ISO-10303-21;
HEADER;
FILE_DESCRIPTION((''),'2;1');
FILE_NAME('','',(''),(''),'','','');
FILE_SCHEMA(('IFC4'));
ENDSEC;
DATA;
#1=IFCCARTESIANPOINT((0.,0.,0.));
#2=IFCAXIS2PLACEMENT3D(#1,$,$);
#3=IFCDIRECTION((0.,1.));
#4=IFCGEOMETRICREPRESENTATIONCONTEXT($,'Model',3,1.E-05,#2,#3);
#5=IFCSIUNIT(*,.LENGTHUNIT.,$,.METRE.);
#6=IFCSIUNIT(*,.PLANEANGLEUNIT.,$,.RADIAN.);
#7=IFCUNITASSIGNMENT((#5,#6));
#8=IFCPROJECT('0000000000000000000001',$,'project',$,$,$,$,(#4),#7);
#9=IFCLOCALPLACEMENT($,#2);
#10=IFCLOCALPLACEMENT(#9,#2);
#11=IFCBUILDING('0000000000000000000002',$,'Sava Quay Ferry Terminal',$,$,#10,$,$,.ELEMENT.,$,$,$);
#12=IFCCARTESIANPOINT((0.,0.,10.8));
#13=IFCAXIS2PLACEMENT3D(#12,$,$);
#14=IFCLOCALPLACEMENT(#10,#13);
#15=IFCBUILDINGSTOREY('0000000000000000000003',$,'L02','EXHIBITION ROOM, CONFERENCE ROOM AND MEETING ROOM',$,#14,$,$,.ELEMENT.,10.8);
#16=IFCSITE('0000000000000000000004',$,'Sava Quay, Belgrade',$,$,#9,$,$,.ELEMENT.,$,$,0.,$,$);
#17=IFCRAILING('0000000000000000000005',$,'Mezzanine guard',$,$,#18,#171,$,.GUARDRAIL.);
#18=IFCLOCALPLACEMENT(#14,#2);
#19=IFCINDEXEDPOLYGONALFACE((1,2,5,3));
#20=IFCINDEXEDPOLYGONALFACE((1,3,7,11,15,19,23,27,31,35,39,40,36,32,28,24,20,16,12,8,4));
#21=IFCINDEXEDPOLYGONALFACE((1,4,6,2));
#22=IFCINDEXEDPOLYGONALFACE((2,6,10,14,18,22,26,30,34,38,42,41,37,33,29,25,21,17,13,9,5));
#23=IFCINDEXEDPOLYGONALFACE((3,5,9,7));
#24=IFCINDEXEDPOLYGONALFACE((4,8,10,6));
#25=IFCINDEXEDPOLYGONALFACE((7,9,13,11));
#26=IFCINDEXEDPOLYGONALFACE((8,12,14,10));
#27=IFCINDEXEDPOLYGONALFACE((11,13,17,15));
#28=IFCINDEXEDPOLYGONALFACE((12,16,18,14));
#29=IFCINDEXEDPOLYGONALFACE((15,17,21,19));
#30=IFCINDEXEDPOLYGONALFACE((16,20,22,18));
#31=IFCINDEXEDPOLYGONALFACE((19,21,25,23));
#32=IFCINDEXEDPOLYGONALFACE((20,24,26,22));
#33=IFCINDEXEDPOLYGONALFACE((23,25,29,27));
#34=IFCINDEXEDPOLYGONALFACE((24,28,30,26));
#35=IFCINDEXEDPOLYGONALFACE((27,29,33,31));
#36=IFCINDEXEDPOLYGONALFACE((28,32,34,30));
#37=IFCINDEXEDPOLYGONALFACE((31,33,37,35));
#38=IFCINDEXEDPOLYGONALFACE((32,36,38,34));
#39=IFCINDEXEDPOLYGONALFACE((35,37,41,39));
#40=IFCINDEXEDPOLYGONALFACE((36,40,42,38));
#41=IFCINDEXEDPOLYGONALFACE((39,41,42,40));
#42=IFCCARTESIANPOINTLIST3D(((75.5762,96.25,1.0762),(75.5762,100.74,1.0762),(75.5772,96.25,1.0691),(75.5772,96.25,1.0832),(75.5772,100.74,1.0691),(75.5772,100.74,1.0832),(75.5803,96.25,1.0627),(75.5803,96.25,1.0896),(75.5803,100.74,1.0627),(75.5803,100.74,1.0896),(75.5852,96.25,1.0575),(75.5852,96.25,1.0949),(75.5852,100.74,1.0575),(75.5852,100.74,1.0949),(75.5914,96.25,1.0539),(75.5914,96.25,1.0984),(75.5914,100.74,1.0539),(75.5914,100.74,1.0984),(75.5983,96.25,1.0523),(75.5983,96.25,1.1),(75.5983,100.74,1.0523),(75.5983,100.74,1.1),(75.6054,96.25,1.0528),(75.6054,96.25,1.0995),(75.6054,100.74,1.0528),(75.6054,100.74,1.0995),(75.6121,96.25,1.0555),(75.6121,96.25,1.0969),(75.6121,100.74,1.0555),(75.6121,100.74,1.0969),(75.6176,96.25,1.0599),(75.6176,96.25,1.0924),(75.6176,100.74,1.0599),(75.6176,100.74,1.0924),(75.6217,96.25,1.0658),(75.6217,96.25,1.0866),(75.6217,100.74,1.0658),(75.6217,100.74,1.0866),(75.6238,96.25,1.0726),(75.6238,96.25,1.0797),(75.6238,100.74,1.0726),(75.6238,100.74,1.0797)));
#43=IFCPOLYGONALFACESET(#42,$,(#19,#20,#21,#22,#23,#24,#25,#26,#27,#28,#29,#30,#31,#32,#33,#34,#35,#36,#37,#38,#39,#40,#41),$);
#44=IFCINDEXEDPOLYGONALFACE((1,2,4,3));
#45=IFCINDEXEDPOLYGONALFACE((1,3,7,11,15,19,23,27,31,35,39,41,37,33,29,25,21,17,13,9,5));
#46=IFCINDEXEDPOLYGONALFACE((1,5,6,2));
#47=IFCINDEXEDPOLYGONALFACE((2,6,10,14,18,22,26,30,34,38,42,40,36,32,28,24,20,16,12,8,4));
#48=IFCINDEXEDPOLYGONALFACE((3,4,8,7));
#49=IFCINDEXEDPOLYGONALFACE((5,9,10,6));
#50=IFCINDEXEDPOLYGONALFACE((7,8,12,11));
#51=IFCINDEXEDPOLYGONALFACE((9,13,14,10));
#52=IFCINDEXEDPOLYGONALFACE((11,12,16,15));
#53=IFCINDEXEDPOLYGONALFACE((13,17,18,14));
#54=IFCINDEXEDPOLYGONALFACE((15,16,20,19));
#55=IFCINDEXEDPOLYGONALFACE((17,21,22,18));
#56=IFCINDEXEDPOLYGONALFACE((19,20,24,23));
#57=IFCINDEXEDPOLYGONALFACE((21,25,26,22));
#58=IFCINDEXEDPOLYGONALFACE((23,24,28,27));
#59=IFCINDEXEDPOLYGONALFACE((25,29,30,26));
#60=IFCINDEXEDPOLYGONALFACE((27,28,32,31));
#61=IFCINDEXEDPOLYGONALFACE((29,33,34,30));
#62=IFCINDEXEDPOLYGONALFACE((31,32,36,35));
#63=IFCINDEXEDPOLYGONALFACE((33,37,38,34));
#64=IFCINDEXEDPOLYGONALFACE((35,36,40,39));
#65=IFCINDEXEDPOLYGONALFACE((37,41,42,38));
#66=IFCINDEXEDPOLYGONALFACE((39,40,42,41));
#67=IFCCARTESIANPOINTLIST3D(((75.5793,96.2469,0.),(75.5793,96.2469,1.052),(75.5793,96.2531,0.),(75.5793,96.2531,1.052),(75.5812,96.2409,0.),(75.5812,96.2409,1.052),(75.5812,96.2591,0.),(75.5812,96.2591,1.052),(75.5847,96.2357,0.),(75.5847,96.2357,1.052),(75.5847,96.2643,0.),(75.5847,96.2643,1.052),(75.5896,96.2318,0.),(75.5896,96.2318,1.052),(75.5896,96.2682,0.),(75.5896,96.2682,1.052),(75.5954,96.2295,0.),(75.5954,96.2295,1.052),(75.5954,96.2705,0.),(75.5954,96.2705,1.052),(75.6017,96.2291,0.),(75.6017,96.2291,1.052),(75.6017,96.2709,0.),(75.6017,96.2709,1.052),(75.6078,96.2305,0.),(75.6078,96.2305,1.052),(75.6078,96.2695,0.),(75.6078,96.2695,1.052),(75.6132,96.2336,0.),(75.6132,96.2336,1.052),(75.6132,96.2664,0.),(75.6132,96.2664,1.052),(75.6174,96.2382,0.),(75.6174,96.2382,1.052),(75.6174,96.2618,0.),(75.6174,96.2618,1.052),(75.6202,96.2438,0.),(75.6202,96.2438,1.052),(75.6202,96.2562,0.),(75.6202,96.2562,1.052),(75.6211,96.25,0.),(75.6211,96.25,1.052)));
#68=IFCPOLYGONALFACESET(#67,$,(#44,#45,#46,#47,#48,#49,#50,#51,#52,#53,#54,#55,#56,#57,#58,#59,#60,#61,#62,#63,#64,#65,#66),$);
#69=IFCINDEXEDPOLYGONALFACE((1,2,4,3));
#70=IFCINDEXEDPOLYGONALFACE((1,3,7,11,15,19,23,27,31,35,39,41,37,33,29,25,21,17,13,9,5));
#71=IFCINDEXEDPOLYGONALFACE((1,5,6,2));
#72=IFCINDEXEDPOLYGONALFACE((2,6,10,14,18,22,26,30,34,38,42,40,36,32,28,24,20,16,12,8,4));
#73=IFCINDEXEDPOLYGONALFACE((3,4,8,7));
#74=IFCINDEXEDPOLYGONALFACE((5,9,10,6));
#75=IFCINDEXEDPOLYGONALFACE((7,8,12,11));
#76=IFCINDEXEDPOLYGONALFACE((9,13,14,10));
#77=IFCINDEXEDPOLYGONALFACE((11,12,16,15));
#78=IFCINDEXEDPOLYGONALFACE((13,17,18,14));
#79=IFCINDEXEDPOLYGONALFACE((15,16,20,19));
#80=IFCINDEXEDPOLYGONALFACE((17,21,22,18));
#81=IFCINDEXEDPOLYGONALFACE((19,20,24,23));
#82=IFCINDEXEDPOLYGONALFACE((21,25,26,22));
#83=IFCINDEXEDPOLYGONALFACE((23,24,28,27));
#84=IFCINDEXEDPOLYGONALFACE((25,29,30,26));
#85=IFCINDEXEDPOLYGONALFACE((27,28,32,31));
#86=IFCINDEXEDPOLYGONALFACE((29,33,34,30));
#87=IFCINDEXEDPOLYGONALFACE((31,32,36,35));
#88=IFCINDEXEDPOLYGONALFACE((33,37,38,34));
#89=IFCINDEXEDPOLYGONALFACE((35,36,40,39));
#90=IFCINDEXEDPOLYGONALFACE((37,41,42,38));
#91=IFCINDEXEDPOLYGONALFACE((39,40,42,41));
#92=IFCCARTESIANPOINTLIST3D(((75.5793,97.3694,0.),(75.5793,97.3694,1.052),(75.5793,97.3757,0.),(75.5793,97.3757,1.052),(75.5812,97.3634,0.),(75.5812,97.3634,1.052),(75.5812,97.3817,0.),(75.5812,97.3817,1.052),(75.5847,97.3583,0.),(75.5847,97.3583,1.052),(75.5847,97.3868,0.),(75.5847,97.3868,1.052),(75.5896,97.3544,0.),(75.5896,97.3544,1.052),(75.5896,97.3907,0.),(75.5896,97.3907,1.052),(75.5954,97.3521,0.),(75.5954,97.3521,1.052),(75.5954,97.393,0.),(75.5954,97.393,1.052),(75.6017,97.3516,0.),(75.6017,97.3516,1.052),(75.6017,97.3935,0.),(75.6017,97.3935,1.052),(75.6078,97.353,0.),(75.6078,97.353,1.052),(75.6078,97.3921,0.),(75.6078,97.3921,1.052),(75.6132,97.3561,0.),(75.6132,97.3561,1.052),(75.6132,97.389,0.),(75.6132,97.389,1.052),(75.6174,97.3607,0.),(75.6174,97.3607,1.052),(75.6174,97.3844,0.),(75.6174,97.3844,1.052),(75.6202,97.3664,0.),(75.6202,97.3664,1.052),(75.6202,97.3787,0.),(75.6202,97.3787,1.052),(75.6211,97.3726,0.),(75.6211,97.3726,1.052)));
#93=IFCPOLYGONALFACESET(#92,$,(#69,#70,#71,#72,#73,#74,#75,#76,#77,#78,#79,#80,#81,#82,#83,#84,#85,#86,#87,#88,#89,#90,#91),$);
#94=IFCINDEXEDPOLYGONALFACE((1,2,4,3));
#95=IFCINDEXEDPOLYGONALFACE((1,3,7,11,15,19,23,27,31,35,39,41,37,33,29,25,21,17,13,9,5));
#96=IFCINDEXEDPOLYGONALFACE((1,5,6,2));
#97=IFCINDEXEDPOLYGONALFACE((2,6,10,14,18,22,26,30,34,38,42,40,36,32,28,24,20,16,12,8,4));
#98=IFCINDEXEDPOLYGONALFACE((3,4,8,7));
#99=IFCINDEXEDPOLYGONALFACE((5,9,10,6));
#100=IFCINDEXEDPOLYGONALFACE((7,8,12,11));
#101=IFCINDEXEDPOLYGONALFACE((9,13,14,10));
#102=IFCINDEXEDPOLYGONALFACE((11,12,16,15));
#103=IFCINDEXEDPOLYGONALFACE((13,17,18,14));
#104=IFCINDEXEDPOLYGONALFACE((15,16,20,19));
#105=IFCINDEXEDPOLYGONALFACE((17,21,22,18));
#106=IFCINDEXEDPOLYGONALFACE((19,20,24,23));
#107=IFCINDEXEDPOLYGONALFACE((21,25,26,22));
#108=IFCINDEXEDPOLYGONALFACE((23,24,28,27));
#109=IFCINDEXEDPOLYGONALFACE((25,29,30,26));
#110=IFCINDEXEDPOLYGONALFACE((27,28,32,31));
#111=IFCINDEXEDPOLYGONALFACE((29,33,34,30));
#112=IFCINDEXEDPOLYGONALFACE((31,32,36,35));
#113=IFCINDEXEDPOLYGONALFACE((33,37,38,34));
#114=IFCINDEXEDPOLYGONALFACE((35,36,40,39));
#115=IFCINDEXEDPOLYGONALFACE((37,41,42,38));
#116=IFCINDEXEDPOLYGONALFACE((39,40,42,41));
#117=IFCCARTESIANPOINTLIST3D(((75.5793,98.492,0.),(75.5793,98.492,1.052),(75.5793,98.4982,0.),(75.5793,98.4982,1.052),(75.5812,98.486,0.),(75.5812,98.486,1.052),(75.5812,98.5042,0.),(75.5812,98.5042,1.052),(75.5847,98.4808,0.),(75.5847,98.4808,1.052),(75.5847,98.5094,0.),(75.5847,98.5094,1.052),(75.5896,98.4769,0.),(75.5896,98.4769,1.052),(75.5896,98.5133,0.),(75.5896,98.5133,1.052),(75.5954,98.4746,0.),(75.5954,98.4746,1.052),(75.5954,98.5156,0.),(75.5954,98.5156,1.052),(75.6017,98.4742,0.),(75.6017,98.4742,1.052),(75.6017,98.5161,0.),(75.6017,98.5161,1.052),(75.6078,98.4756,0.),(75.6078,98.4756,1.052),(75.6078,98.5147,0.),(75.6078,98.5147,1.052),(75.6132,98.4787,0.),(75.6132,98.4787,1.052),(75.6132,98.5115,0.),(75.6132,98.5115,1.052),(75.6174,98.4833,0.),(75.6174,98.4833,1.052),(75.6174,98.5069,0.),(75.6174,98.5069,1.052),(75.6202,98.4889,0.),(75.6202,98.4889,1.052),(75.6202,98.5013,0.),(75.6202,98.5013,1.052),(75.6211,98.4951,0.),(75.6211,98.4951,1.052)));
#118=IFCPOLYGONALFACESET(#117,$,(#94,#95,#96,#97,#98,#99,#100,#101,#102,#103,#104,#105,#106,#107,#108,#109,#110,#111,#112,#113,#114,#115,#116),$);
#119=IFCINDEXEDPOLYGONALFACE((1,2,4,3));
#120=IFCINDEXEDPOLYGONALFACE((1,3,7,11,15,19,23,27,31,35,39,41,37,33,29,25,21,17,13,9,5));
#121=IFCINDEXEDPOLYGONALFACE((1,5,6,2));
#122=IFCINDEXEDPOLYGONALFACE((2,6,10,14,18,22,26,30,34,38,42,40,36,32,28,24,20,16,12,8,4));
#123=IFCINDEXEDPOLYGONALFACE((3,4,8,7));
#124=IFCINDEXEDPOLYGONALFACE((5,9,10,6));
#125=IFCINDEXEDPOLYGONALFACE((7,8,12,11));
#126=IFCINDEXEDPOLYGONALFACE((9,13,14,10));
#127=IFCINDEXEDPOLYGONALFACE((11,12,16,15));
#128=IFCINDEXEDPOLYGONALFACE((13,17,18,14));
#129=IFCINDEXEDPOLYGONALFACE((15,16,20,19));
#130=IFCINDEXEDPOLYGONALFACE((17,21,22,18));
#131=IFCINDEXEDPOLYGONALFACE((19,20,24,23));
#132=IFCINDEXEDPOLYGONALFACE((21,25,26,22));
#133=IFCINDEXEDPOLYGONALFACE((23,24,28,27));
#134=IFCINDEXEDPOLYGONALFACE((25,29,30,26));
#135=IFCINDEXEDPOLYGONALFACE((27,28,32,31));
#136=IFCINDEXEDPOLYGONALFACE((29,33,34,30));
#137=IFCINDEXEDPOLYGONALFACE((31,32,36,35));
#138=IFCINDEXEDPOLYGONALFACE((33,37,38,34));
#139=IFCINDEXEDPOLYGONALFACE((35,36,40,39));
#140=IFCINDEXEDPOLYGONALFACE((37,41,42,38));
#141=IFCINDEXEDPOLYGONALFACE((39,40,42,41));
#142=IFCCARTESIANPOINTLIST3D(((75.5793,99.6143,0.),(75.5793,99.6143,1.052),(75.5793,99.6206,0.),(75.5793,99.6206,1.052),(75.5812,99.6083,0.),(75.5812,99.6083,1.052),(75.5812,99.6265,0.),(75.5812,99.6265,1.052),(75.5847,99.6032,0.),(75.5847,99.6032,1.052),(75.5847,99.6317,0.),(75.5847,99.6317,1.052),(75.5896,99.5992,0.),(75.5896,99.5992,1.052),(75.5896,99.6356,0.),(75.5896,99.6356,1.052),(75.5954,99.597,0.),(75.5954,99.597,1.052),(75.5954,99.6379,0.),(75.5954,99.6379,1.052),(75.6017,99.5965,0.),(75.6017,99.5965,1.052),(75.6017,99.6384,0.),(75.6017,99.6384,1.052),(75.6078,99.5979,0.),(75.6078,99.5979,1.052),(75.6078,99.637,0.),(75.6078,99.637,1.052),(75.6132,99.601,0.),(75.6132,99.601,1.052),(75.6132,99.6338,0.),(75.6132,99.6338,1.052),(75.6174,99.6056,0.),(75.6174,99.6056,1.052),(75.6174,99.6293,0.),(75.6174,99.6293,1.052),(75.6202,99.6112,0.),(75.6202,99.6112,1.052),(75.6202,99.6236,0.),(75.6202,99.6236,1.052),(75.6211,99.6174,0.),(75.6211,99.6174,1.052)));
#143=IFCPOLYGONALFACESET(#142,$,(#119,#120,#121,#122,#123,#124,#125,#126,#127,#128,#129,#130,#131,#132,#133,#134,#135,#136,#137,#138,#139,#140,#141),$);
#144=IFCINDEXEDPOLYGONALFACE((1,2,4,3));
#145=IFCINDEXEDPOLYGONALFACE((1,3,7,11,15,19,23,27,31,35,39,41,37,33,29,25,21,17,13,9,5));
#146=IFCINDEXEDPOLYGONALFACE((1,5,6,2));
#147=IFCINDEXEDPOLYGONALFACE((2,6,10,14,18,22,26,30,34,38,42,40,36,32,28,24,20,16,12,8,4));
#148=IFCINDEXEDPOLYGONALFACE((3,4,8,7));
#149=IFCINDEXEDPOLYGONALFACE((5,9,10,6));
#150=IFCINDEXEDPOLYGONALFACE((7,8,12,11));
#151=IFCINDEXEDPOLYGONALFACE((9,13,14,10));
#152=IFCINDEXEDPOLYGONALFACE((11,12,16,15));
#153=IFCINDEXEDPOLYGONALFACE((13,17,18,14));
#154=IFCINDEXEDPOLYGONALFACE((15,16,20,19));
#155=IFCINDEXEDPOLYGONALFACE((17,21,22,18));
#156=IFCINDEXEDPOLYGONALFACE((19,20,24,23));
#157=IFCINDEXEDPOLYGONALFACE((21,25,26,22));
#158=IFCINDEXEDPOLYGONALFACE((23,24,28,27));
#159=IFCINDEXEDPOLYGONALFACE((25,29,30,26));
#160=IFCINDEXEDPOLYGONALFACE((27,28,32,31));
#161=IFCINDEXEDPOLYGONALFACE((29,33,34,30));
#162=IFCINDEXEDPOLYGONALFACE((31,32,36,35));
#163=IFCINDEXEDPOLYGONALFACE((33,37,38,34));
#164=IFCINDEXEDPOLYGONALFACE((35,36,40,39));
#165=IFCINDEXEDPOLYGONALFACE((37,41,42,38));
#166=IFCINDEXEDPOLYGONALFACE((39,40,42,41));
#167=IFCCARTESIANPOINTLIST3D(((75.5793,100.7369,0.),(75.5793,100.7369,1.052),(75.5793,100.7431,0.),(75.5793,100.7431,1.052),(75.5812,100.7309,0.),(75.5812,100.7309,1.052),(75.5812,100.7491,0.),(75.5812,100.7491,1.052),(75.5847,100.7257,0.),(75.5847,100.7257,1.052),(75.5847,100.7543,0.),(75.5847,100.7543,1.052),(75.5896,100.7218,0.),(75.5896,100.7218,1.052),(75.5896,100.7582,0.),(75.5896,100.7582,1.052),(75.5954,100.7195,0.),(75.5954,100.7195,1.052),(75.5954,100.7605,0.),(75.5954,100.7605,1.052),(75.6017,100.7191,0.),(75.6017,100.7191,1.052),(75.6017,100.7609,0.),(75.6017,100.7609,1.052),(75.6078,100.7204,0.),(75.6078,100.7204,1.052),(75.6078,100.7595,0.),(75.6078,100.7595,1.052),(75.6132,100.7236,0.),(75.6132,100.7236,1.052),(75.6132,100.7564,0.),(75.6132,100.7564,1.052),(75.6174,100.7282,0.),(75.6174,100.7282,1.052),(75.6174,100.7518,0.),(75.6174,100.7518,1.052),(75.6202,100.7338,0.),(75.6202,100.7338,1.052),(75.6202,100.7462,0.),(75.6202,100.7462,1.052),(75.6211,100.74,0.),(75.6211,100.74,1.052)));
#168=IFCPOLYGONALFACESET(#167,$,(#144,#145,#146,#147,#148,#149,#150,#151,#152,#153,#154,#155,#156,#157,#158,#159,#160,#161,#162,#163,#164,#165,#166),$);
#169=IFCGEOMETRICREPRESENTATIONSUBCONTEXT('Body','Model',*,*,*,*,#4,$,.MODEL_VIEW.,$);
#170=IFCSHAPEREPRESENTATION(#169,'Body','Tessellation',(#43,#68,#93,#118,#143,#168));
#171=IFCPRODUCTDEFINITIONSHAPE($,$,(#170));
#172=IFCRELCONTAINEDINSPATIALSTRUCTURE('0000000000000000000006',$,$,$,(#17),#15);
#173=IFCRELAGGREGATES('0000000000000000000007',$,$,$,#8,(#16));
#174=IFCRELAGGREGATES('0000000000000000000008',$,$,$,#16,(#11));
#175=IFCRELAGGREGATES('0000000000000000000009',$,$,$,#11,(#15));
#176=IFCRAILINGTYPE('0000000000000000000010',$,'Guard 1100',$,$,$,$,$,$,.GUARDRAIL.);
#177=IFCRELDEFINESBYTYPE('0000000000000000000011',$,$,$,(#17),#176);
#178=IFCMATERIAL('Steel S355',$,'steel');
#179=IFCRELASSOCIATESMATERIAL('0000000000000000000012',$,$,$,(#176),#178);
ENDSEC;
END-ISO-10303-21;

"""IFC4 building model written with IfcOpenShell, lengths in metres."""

from ifc_helpers import new_model, si_unit, direction, frame, origin, origin_2d, place, context, subcontext, project, spatial, circle, extrude, material, type_object, element, save


model = new_model("IFC4")

# Units and contexts
model_context = context("Model", 3, precision=1e-05, world=origin(), true_north=direction((0.0, 1.0)))
body_context = subcontext(model_context, "Body", "Model", "MODEL_VIEW")
ifc_project = project(units=[si_unit("LENGTHUNIT", "METRE"), si_unit("PLANEANGLEUNIT", "RADIAN")], contexts=[model_context])

# Site, building, storey
site_placement = place(None, origin())
site = spatial("IfcSite", under=ifc_project, at=site_placement, Name="Sava Quay, Belgrade", CompositionType="ELEMENT", RefElevation=0.0)
building_placement = place(site_placement, origin())
building = spatial("IfcBuilding", under=site, at=building_placement, Name="Sava Quay Ferry Terminal", CompositionType="ELEMENT")
storey_placement = place(building_placement, frame((0.0, 0.0, 10.8)))
storey = spatial("IfcBuildingStorey", under=building, at=storey_placement, Name="L02", Description="EXHIBITION ROOM, CONFERENCE ROOM AND MEETING ROOM", CompositionType="ELEMENT", Elevation=10.8)

# Railing
ifc_material_1 = material(Name="Steel S355", Category="steel")
railing_type = type_object("IfcRailingType", Name="Guard 1100", PredefinedType="GUARDRAIL", material=ifc_material_1)
railing_1_placement = place(storey_placement, frame((75.6001, 96.25, 0.0)))
element("IfcRailing", 1, at=railing_1_placement, inside=storey, type_object=railing_type, Name="Mezzanine guard", PredefinedType="GUARDRAIL", context=body_context, shape_type="SweptSolid", body=[
    extrude(circle(Radius=0.0239, at=origin_2d()), frame((0.0, 0.0, 1.0762), z_axis=(0.0, 1.0, 0.0), x_axis=(-1.0, 0.0, 0.0)), (0.0, 0.0, 1.0), 4.49),
    extrude(circle(Radius=0.021, at=origin_2d()), origin(), (0.0, 0.0, 1.0), 1.052),
    extrude(circle(Radius=0.021, at=origin_2d()), frame((0.0, 1.1226, 0.0)), (0.0, 0.0, 1.0), 1.052),
    extrude(circle(Radius=0.021, at=origin_2d()), frame((0.0, 2.2451, 0.0)), (0.0, 0.0, 1.0), 1.052),
    extrude(circle(Radius=0.021, at=origin_2d()), frame((0.0, 3.3674, 0.0)), (0.0, 0.0, 1.0), 1.052),
    extrude(circle(Radius=0.021, at=origin_2d()), frame((0.0, 4.49, 0.0)), (0.0, 0.0, 1.0), 1.052),
])

save(model, "model.ifc")
